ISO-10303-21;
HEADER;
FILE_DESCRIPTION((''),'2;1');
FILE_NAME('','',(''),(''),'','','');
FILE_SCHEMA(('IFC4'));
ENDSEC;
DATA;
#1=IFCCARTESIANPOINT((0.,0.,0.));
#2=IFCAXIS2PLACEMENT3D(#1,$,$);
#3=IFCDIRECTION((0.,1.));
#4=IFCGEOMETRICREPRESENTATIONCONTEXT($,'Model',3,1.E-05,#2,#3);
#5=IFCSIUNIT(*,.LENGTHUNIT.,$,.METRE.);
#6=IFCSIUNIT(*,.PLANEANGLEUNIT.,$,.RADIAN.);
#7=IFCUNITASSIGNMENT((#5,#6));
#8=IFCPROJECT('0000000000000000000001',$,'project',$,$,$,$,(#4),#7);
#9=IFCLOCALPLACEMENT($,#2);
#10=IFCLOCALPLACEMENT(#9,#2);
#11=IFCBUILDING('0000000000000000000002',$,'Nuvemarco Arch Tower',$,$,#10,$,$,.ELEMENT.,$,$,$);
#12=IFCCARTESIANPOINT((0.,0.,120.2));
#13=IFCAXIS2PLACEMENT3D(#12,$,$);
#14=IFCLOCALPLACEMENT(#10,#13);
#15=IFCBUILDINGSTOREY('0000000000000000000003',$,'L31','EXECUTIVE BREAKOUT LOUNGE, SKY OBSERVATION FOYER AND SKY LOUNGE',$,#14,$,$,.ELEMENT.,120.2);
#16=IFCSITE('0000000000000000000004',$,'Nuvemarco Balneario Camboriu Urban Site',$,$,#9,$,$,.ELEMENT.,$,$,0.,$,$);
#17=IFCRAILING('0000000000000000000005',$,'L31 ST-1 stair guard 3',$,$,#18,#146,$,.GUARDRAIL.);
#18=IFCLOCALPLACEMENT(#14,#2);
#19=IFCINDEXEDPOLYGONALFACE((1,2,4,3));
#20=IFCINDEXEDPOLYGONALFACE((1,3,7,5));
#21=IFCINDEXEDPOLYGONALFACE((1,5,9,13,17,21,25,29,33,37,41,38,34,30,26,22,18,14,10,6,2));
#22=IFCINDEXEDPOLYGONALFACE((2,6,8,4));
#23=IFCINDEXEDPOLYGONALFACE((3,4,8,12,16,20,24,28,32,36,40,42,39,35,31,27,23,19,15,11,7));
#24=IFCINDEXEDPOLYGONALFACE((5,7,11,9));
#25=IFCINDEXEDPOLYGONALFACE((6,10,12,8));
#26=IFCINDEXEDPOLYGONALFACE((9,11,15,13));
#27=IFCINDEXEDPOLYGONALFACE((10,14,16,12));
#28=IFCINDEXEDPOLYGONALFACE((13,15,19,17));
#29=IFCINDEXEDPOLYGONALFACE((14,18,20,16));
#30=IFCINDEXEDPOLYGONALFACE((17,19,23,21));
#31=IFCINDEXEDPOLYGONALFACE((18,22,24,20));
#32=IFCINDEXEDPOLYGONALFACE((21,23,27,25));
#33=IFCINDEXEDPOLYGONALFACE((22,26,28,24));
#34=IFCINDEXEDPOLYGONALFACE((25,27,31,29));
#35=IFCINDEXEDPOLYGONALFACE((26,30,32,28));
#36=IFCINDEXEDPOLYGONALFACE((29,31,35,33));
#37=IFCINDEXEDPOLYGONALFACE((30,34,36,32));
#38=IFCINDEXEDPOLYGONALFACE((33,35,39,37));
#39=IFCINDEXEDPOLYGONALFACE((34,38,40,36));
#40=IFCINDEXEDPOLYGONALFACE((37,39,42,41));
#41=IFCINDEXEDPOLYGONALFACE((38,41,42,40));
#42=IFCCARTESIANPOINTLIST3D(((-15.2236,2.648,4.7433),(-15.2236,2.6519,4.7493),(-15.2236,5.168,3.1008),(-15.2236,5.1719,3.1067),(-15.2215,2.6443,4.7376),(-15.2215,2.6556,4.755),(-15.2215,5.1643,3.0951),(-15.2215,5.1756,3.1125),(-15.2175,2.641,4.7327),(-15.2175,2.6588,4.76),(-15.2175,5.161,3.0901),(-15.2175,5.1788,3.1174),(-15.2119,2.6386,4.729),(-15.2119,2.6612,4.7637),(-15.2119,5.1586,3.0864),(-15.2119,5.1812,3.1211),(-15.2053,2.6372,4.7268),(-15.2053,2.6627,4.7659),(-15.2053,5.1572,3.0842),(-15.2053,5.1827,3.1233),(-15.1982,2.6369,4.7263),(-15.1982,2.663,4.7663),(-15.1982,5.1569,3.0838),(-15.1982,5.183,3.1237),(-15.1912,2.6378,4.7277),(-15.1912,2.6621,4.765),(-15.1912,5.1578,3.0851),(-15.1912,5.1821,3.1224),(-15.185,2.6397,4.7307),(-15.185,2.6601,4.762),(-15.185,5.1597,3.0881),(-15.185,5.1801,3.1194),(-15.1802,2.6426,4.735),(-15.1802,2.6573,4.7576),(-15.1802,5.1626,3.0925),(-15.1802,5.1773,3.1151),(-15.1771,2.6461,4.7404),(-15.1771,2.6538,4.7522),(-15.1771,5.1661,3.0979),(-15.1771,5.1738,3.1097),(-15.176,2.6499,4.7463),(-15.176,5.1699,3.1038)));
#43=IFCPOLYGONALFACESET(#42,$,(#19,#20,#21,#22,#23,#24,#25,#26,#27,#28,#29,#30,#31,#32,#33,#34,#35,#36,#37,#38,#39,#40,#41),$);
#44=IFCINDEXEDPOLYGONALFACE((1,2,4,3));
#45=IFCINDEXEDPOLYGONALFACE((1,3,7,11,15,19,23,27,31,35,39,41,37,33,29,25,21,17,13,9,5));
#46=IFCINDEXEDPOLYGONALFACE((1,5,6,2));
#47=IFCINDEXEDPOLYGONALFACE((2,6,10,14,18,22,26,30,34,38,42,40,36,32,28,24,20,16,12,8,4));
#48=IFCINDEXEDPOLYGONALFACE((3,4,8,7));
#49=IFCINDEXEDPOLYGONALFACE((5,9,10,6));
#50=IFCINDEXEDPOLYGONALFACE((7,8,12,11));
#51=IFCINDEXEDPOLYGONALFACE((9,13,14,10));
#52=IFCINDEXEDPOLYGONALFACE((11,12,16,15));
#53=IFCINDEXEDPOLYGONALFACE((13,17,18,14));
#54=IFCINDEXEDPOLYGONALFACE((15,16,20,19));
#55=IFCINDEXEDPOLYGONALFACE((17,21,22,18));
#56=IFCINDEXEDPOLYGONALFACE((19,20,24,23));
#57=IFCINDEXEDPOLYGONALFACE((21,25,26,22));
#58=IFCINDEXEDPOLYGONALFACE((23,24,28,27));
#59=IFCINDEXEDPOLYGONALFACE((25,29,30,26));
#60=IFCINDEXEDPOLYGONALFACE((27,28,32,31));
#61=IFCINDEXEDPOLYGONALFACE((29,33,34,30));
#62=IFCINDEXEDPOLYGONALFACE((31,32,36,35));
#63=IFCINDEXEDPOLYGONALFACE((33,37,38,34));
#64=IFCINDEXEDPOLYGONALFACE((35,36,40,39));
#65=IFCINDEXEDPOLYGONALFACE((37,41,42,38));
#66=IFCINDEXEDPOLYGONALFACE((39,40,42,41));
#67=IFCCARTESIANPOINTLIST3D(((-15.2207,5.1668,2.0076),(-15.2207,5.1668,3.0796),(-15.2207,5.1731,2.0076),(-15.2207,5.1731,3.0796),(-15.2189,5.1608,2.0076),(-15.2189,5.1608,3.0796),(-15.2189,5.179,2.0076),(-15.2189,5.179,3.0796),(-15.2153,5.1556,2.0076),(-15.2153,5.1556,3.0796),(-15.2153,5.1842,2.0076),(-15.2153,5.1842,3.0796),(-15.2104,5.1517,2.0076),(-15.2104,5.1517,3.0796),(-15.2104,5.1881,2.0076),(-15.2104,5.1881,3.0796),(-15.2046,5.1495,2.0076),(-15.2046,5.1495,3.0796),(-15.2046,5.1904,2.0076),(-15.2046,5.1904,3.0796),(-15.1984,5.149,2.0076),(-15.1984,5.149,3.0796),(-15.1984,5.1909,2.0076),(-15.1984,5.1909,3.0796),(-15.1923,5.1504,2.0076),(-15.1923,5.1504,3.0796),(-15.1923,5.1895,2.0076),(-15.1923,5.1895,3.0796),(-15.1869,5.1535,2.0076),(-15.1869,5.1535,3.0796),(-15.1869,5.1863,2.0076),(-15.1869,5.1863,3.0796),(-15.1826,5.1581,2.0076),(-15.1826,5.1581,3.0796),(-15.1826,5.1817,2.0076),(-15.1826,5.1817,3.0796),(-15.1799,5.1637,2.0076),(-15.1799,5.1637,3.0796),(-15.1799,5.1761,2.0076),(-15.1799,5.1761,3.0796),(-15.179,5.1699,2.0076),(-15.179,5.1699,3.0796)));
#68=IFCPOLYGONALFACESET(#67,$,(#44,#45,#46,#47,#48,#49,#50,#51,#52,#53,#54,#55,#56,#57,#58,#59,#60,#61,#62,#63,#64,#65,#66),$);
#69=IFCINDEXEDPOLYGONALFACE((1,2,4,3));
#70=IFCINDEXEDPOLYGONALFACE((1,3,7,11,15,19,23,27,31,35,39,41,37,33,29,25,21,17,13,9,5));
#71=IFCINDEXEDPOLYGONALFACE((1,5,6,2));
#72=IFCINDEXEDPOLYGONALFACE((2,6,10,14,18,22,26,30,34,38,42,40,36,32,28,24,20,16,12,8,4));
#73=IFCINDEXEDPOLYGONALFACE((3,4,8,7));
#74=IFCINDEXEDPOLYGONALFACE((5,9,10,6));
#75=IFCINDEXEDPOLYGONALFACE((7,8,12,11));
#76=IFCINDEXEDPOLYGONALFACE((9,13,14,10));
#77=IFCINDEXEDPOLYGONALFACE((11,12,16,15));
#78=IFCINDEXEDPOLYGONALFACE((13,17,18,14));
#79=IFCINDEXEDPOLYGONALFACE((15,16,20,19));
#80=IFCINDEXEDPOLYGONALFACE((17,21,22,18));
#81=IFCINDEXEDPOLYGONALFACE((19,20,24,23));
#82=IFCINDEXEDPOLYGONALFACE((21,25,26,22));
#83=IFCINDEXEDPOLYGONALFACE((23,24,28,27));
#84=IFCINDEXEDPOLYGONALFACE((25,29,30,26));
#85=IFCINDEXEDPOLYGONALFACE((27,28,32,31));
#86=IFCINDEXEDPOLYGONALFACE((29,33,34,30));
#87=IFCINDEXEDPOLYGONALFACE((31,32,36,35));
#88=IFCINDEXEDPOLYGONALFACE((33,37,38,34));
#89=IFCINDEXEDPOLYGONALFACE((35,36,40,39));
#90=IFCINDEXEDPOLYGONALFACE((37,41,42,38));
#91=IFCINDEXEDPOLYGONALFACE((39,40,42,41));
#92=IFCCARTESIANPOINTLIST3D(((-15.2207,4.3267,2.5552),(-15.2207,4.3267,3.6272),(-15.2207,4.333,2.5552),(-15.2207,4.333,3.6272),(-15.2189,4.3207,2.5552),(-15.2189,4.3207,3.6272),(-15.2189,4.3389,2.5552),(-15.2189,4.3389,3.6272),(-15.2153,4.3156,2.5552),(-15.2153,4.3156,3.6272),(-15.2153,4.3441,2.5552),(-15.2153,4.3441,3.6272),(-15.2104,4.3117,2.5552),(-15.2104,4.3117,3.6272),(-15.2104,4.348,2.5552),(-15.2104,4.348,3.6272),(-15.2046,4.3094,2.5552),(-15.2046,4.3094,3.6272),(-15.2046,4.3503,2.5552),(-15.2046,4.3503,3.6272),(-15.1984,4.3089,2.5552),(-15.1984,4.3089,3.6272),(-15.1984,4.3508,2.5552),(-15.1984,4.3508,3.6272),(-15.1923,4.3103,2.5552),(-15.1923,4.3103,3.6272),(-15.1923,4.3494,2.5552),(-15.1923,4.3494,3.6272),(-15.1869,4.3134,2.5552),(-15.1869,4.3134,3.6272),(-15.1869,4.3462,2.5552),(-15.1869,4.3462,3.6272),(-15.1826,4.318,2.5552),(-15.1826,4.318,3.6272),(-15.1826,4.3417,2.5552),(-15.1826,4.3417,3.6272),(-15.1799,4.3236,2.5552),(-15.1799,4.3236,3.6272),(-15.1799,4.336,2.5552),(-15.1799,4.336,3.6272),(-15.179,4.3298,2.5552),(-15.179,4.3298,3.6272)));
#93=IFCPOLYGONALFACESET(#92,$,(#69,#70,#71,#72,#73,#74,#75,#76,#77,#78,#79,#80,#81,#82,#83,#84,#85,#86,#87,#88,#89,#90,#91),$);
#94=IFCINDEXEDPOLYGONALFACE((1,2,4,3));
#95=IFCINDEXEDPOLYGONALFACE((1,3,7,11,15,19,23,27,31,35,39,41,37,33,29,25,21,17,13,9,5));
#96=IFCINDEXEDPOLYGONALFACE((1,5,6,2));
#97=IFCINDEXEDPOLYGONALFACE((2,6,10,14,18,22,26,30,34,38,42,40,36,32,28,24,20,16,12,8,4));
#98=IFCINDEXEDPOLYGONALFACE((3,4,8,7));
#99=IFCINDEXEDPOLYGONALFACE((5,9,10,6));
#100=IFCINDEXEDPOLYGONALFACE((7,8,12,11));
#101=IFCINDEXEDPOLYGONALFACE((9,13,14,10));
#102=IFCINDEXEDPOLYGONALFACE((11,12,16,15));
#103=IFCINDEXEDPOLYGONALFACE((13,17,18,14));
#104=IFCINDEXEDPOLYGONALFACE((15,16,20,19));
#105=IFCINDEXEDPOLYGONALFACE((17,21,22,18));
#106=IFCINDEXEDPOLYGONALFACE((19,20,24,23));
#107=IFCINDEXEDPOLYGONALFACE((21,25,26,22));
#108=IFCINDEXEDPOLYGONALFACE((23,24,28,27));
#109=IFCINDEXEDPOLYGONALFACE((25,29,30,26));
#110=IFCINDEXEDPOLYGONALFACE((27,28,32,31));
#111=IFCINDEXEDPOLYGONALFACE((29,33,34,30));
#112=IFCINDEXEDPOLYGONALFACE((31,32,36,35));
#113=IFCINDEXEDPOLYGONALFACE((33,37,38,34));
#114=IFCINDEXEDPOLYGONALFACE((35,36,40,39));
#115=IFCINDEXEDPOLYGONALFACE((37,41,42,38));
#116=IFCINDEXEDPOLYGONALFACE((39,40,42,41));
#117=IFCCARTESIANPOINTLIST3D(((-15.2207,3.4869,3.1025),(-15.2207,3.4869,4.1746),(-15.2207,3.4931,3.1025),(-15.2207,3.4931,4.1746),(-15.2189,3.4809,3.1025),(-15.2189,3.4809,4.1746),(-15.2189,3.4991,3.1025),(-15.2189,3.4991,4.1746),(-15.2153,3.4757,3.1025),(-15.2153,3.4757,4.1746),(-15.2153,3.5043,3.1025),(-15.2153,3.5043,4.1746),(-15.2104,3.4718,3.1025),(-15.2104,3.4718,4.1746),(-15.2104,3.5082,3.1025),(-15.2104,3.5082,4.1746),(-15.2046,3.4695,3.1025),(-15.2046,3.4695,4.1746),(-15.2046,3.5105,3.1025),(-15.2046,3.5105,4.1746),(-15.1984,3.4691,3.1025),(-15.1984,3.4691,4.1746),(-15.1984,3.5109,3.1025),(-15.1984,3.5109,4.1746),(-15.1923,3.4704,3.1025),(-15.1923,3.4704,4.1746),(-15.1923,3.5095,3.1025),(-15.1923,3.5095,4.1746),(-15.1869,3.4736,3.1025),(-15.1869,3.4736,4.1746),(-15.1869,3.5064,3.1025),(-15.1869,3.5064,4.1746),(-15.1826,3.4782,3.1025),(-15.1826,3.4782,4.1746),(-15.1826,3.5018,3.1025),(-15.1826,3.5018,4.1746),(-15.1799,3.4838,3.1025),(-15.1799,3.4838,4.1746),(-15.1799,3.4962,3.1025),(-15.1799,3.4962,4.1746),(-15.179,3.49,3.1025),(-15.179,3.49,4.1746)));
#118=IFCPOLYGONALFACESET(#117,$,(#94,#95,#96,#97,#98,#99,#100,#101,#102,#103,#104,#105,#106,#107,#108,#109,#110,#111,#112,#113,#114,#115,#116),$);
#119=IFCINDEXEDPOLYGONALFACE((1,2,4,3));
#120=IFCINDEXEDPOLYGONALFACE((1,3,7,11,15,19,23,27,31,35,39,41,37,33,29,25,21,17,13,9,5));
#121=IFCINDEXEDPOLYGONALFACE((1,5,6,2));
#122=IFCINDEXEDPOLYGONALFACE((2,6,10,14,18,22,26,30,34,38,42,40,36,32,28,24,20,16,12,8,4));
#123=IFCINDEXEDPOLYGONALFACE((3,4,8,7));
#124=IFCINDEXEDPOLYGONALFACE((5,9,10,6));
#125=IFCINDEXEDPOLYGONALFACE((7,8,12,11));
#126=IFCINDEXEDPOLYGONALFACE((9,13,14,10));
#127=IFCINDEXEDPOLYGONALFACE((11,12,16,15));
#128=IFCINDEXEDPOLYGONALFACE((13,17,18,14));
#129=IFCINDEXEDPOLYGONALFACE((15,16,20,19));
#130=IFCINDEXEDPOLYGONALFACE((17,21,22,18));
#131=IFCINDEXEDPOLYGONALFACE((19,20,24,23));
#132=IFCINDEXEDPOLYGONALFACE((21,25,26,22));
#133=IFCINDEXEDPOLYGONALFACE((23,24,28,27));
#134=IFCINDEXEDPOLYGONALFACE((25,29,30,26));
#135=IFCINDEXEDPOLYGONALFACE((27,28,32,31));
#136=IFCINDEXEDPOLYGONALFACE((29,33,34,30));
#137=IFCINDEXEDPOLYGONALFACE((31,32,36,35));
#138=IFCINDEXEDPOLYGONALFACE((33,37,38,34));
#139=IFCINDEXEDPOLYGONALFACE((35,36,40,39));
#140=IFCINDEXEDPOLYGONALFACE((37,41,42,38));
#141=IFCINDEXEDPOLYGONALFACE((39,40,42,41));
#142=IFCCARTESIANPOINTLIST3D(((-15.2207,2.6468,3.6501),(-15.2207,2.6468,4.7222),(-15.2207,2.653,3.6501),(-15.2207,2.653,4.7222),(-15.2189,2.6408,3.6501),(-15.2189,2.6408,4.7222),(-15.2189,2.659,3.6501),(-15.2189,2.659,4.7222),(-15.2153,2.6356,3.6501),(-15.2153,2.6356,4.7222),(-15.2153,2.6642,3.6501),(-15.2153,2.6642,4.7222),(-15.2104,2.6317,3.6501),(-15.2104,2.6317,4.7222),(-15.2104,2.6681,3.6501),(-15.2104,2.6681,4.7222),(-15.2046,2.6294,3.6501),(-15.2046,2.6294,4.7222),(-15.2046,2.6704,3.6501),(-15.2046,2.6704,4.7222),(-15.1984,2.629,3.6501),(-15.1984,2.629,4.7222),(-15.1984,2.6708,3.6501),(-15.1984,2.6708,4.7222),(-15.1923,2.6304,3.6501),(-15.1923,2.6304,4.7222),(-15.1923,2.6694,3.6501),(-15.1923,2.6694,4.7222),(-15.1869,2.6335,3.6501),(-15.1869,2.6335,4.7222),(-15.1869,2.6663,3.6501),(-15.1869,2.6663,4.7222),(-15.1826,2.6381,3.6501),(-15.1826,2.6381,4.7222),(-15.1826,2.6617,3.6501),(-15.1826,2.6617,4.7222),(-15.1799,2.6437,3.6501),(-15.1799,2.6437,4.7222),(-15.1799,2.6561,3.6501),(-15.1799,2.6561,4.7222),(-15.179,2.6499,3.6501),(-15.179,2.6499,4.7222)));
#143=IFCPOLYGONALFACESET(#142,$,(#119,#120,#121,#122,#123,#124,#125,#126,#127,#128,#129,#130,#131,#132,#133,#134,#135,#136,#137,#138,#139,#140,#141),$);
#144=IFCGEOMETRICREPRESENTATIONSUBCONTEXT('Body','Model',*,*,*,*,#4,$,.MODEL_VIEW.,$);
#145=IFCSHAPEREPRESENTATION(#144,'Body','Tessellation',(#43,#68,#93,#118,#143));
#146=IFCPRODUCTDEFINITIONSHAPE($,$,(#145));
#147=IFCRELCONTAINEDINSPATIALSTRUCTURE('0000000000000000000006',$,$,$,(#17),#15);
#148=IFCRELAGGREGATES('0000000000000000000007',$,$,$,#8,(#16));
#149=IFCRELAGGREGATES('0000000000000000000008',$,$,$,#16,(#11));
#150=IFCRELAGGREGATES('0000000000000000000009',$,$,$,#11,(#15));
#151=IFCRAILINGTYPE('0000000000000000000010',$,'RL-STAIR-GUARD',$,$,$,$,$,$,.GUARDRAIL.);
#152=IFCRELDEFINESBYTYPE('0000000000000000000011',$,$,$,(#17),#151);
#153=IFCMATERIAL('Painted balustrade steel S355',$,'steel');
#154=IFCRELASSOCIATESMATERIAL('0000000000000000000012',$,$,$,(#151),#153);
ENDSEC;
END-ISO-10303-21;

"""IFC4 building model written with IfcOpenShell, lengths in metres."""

from ifc_helpers import new_model, si_unit, direction, frame, origin, origin_2d, place, context, subcontext, project, spatial, circle, extrude, material, type_object, element, save


model = new_model("IFC4")

# Units and contexts
model_context = context("Model", 3, precision=1e-05, world=origin(), true_north=direction((0.0, 1.0)))
body_context = subcontext(model_context, "Body", "Model", "MODEL_VIEW")
ifc_project = project(units=[si_unit("LENGTHUNIT", "METRE"), si_unit("PLANEANGLEUNIT", "RADIAN")], contexts=[model_context])

# Site, building, storey
site_placement = place(None, origin())
site = spatial("IfcSite", under=ifc_project, at=site_placement, Name="Nuvemarco Balneario Camboriu Urban Site", CompositionType="ELEMENT", RefElevation=0.0)
building_placement = place(site_placement, origin())
building = spatial("IfcBuilding", under=site, at=building_placement, Name="Nuvemarco Arch Tower", CompositionType="ELEMENT")
storey_placement = place(building_placement, frame((0.0, 0.0, 120.2)))
storey = spatial("IfcBuildingStorey", under=building, at=storey_placement, Name="L31", Description="EXECUTIVE BREAKOUT LOUNGE, SKY OBSERVATION FOYER AND SKY LOUNGE", CompositionType="ELEMENT", Elevation=120.2)

# Railing
ifc_material_1 = material(Name="Painted balustrade steel S355", Category="steel")
railing_type_1 = type_object("IfcRailingType", Name="RL-STAIR-GUARD", PredefinedType="GUARDRAIL", material=ifc_material_1)
railing_1_placement = place(storey_placement, frame((-15.2, 5.1699, 2.0076)))
element("IfcRailing", 1, at=railing_1_placement, inside=storey, type_object=railing_type_1, Name="L31 ST-1 stair guard 3", PredefinedType="GUARDRAIL", context=body_context, shape_type="SweptSolid", body=[
    extrude(circle(Radius=0.0239, at=origin_2d()), frame((0.0, 0.0, 1.0962), z_axis=(0.0, -0.837749, 0.546055), x_axis=(1.0, 0.0, 0.0)), (0.0, 0.0, 1.0), 3.0081),
    extrude(circle(Radius=0.021, at=origin_2d()), origin(), (0.0, 0.0, 1.0), 1.072),
    extrude(circle(Radius=0.021, at=origin_2d()), frame((0.0, -0.8401, 0.5476)), (0.0, 0.0, 1.0), 1.072),
    extrude(circle(Radius=0.021, at=origin_2d()), frame((0.0, -1.6799, 1.095)), (0.0, 0.0, 1.0), 1.072),
    extrude(circle(Radius=0.021, at=origin_2d()), frame((0.0, -2.52, 1.6426)), (0.0, 0.0, 1.0), 1.072),
])

save(model, "model.ifc")
